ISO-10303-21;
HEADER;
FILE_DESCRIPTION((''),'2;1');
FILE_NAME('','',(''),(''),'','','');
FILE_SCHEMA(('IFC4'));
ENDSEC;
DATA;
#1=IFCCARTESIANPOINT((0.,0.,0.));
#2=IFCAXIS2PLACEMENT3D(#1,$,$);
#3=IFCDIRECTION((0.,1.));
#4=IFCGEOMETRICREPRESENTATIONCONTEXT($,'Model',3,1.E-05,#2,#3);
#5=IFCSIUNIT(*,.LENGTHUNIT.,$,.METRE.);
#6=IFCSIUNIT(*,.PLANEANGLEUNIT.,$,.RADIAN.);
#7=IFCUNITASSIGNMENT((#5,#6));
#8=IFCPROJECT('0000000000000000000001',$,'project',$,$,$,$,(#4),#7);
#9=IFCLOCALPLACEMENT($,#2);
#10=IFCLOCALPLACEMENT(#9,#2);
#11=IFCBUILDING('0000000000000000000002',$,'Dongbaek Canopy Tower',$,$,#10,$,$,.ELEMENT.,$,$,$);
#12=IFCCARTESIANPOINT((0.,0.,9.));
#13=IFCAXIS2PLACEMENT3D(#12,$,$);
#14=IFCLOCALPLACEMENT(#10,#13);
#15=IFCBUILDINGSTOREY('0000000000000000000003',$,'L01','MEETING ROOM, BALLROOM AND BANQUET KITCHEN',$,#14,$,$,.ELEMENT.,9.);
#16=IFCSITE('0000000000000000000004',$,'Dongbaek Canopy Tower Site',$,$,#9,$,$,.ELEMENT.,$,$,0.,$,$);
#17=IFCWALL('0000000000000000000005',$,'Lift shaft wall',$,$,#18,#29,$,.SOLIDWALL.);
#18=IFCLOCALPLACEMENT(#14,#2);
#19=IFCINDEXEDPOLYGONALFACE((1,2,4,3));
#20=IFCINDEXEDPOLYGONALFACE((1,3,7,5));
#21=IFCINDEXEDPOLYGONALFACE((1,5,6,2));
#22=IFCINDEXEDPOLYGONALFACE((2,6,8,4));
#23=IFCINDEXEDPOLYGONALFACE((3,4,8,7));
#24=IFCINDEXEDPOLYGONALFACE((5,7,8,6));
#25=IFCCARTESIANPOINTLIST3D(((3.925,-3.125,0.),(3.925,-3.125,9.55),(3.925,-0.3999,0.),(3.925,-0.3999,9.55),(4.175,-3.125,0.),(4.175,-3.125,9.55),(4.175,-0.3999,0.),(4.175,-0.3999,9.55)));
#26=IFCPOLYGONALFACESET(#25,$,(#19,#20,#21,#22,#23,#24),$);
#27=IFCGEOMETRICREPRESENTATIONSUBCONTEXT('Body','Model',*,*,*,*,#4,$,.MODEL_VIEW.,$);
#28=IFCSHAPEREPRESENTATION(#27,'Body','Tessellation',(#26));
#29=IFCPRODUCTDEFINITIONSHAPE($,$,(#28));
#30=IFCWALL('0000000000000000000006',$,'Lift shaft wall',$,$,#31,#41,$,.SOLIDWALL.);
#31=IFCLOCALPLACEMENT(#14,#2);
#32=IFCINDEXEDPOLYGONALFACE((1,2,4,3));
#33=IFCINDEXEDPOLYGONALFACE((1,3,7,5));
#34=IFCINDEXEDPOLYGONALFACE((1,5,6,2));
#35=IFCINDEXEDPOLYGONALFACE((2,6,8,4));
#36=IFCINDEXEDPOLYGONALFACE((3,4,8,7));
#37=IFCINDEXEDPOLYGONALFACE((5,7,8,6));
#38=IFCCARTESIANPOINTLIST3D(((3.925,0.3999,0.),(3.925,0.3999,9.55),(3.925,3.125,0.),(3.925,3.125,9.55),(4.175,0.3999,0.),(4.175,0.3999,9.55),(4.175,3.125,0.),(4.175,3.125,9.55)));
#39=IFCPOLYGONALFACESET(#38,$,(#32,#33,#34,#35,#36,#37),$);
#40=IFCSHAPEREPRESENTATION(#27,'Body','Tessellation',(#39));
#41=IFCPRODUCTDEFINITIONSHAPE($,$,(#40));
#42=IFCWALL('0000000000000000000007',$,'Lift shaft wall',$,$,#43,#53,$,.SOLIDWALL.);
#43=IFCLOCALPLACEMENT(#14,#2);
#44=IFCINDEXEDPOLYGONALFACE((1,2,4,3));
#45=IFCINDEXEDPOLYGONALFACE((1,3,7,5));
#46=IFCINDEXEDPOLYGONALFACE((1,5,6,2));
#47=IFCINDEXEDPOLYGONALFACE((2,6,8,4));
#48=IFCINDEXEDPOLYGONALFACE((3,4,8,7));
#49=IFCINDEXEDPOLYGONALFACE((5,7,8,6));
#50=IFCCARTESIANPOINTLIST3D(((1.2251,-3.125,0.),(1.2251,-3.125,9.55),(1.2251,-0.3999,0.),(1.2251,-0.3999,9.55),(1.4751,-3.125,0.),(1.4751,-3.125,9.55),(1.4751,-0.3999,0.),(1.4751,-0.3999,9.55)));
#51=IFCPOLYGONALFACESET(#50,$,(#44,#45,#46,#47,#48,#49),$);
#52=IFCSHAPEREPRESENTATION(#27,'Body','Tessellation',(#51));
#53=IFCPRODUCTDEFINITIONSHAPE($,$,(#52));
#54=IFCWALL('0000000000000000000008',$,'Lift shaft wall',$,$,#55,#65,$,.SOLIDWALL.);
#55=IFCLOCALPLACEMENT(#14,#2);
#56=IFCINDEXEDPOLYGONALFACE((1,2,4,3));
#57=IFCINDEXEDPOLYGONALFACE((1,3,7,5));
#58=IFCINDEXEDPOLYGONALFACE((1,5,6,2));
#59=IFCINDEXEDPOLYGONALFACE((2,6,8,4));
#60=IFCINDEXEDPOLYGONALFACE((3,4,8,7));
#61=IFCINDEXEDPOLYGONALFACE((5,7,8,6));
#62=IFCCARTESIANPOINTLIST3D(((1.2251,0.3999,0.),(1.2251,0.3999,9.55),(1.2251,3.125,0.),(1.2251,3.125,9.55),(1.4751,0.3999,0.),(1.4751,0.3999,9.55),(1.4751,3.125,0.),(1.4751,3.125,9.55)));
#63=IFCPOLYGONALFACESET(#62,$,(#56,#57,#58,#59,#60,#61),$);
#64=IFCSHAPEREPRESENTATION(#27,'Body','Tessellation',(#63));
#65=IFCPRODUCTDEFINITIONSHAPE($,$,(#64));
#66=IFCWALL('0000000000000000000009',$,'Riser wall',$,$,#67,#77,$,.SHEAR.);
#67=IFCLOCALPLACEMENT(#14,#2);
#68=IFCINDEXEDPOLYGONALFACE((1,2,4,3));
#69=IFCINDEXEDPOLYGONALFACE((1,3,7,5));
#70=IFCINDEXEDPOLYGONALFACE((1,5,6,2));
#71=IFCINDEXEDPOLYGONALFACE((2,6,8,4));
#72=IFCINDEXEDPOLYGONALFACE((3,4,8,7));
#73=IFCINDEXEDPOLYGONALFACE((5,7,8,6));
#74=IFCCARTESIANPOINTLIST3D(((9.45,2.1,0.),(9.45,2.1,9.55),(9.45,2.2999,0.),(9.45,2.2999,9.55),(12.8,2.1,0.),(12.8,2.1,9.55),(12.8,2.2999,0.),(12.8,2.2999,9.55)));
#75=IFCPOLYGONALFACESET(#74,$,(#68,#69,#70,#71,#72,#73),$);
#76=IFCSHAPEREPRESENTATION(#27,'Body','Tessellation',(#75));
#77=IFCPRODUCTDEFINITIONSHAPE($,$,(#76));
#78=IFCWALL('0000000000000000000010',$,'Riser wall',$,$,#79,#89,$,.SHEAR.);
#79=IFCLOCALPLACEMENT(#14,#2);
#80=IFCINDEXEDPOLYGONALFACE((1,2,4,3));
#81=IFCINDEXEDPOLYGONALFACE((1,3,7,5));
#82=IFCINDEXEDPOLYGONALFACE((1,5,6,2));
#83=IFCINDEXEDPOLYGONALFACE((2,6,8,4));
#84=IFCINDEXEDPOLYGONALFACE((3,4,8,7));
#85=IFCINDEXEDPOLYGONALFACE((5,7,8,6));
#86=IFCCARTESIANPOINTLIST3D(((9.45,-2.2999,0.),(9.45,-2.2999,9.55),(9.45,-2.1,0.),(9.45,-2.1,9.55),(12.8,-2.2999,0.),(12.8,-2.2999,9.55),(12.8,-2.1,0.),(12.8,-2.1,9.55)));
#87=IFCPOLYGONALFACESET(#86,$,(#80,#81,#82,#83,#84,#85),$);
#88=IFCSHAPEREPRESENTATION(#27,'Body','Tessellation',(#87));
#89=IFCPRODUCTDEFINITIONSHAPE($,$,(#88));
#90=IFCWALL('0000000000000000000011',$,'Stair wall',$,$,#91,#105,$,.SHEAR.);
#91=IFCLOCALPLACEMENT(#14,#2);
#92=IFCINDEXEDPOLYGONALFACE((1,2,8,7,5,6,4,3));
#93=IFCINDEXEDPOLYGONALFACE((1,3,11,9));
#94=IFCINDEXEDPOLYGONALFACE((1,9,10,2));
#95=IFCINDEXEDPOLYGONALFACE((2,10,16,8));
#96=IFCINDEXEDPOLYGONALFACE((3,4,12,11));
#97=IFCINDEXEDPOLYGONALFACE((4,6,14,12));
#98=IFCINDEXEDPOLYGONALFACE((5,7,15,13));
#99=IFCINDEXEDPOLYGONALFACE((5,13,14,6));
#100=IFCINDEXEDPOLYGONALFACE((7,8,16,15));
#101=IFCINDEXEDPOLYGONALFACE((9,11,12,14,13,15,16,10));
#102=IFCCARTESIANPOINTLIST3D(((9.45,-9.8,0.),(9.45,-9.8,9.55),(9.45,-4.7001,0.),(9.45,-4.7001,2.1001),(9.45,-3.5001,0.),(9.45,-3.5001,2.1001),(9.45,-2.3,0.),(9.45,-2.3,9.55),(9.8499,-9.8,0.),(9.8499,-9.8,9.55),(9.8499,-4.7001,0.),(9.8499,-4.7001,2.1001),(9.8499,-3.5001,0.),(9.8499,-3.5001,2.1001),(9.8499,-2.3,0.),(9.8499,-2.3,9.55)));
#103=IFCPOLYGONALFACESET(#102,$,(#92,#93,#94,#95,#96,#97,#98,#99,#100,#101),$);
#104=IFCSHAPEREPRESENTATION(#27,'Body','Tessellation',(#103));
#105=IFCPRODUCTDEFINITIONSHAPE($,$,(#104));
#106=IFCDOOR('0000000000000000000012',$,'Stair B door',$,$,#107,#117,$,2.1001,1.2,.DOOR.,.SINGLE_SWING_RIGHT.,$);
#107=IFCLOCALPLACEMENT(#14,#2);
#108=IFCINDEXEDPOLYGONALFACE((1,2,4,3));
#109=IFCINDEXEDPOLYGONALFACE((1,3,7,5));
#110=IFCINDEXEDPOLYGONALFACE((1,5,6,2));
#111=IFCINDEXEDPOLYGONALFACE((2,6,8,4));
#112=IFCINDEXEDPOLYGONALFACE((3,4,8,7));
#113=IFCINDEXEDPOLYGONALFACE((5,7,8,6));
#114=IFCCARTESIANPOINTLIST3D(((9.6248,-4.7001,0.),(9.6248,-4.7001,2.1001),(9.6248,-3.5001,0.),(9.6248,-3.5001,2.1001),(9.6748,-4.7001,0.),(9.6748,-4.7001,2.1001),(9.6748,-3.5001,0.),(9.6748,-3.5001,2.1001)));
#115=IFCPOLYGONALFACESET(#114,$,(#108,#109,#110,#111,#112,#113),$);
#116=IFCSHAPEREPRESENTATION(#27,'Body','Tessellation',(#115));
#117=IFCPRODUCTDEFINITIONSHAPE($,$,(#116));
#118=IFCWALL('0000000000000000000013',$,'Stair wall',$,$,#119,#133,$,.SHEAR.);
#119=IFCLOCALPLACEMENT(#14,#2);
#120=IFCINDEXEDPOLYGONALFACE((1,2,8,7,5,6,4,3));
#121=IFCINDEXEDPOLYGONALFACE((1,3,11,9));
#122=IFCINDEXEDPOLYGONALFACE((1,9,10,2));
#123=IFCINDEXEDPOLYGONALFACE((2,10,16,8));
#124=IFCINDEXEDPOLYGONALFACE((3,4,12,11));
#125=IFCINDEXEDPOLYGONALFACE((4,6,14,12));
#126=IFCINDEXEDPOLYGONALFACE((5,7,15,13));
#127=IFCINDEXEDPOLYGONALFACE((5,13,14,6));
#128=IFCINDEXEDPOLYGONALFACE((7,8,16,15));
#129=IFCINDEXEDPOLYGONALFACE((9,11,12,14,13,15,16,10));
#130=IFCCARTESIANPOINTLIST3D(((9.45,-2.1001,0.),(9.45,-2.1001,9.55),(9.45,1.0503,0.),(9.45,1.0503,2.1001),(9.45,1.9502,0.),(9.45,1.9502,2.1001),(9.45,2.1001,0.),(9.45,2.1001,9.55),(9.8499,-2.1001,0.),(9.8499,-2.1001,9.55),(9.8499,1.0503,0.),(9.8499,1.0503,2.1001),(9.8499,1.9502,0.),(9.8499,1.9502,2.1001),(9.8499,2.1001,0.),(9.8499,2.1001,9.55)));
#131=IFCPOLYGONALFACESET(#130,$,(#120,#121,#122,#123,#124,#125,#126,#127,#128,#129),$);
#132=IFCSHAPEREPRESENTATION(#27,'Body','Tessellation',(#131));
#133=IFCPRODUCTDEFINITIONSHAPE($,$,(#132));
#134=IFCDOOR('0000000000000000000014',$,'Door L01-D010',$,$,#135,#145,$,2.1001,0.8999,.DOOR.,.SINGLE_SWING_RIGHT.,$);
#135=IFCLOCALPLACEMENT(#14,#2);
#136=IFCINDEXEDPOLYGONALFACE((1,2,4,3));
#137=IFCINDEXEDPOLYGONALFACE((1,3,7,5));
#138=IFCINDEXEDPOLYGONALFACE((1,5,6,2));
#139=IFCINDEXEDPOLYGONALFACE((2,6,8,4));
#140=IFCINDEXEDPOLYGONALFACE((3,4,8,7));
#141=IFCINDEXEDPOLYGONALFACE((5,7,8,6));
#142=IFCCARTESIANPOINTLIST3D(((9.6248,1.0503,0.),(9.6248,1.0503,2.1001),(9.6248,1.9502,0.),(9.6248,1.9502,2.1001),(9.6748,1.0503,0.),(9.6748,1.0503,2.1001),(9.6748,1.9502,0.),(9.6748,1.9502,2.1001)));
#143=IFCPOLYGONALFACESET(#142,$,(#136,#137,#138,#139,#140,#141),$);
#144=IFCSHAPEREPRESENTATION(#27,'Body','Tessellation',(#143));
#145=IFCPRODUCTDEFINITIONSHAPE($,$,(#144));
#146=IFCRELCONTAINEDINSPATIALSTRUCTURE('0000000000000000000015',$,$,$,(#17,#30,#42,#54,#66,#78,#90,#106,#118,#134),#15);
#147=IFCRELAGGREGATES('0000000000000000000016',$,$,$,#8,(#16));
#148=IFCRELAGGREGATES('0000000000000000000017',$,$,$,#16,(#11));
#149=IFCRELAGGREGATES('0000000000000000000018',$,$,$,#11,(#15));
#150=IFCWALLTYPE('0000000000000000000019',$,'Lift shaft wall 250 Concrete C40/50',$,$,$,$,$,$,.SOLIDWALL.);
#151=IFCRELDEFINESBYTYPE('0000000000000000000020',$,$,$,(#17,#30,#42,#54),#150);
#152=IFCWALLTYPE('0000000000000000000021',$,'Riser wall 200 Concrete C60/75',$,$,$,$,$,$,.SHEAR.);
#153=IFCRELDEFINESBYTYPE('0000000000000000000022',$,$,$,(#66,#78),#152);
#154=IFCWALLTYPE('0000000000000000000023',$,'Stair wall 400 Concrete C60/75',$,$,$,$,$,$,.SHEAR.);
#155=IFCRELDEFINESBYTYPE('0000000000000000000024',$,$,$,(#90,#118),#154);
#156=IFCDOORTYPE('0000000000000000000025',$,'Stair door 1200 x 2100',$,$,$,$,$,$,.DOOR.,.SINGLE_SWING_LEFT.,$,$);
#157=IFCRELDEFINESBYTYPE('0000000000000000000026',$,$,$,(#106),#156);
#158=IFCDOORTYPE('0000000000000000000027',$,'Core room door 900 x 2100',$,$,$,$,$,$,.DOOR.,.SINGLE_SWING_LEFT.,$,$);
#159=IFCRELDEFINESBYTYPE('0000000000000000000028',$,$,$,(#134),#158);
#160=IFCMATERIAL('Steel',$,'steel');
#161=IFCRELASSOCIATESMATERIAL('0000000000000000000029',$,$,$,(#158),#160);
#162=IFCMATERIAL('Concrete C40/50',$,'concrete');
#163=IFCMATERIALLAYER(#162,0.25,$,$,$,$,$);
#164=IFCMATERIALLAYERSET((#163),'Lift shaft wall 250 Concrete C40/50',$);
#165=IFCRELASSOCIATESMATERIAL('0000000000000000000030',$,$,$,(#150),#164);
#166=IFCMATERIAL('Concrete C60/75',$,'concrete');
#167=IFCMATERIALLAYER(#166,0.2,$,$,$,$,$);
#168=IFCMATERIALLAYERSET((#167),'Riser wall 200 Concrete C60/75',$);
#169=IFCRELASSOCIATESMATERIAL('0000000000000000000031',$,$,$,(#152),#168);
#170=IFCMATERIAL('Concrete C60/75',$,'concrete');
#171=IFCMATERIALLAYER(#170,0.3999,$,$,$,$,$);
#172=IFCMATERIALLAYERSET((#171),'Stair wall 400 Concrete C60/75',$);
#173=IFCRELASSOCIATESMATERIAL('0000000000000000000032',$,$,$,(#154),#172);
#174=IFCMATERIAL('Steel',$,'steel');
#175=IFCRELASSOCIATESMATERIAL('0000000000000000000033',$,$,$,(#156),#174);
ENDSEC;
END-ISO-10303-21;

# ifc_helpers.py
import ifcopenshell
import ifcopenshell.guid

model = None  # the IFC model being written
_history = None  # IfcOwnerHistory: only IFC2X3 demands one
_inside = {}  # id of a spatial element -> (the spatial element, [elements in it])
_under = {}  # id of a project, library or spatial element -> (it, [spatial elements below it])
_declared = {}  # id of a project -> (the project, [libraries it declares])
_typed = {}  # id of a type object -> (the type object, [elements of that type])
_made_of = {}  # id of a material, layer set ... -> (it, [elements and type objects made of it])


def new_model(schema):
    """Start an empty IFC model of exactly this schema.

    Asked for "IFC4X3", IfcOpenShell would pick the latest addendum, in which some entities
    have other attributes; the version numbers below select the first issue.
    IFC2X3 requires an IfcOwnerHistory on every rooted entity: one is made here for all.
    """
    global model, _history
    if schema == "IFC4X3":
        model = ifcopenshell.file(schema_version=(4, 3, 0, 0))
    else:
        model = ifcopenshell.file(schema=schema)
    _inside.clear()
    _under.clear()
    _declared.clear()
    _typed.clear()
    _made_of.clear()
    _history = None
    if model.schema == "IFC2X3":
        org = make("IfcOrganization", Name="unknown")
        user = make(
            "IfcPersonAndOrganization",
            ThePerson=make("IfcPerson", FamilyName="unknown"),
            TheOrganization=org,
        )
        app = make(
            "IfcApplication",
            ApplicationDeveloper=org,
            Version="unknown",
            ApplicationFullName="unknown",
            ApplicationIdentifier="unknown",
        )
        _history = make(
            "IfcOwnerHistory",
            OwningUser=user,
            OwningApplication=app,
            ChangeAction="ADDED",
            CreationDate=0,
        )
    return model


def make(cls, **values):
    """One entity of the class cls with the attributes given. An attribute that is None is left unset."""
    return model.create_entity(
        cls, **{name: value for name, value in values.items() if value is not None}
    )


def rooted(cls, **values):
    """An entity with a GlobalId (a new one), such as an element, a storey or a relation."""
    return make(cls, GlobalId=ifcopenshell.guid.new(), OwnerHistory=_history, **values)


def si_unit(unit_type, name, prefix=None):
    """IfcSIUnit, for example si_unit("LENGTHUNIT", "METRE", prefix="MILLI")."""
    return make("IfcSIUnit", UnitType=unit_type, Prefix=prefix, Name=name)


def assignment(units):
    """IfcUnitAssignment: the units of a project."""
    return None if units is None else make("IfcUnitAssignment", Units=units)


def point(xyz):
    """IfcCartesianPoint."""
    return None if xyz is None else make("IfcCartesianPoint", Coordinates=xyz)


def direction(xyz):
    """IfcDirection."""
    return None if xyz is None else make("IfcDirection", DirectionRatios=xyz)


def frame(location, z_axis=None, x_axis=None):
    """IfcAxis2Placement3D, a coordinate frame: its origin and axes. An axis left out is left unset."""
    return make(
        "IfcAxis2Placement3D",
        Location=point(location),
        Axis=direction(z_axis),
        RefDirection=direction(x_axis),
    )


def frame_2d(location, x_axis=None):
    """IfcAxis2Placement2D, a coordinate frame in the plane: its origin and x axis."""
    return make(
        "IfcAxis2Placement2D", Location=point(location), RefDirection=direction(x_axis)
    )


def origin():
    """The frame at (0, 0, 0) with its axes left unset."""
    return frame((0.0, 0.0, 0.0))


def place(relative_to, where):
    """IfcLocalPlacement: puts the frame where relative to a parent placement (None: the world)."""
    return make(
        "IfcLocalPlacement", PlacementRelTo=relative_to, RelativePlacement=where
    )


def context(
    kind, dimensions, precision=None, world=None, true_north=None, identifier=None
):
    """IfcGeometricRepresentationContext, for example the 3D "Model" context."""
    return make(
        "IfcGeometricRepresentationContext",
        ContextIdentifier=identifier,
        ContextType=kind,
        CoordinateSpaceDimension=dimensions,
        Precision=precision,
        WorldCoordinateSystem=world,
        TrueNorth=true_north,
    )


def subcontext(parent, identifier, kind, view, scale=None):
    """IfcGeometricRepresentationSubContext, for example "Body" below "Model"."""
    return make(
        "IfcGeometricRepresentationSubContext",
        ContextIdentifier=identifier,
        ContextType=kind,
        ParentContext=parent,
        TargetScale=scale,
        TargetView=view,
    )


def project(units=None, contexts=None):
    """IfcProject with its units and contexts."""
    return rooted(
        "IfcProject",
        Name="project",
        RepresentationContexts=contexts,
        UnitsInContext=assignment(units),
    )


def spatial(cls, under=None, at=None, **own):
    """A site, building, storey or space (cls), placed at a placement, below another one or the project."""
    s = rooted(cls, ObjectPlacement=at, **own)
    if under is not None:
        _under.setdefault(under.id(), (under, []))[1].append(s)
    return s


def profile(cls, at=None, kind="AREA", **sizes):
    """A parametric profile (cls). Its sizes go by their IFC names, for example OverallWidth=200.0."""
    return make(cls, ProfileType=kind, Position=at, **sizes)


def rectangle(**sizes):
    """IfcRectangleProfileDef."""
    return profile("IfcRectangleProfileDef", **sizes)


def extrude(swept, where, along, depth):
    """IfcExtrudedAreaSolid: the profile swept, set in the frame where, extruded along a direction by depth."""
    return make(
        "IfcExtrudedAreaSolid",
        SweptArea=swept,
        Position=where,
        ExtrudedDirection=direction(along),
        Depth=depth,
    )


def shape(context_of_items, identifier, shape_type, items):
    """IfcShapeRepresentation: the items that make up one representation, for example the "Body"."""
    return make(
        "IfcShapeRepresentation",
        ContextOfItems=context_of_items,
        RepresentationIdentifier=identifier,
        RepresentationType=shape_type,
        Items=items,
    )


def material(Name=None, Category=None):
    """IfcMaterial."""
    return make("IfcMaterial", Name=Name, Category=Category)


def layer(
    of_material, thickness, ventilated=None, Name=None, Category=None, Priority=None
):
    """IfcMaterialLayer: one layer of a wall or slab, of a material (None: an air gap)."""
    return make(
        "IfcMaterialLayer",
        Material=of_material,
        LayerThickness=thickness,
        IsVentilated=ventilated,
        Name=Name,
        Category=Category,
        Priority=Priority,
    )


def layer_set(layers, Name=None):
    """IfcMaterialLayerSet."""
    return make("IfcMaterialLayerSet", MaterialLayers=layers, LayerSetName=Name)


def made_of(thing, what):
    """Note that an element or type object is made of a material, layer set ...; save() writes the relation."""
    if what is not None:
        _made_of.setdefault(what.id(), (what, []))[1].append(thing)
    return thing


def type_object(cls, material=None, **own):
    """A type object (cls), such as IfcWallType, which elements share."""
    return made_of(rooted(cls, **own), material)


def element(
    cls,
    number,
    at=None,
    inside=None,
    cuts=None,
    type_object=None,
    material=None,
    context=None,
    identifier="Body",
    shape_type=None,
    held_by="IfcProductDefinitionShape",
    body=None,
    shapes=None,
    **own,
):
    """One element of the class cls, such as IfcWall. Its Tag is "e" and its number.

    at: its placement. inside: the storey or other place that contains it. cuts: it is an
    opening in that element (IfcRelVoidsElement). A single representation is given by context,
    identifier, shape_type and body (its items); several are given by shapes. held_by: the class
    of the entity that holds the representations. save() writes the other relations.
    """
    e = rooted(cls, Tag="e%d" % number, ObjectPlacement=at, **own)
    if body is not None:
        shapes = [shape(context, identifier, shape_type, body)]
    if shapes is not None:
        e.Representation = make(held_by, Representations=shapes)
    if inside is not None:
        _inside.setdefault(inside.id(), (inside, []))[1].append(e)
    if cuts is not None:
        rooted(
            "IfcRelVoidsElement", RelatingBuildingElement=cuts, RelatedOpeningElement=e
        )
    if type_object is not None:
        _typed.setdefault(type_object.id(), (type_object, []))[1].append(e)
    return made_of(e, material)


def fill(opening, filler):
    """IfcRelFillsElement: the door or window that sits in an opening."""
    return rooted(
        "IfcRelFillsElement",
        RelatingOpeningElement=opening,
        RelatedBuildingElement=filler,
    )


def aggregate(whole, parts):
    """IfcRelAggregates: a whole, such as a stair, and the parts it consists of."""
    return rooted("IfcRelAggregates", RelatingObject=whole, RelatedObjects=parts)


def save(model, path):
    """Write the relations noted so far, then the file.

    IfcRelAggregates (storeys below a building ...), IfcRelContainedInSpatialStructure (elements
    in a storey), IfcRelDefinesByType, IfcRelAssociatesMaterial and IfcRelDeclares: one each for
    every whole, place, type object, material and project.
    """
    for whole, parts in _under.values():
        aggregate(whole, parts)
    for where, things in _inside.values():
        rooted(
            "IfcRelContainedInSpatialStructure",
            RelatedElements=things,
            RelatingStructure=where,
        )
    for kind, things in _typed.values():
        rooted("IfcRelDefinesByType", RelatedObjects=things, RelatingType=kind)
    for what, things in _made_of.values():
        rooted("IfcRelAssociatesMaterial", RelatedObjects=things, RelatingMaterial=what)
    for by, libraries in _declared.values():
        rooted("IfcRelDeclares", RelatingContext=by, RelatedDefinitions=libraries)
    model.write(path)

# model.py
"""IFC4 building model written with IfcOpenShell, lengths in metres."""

from ifc_helpers import new_model, si_unit, direction, frame, frame_2d, origin, place, context, subcontext, project, spatial, rectangle, extrude, material, layer, layer_set, type_object, element, fill, save


model = new_model("IFC4")

# Units and contexts
model_context = context("Model", 3, precision=1e-05, world=origin(), true_north=direction((0.0, 1.0)))
body_context = subcontext(model_context, "Body", "Model", "MODEL_VIEW")
ifc_project = project(units=[si_unit("LENGTHUNIT", "METRE"), si_unit("PLANEANGLEUNIT", "RADIAN")], contexts=[model_context])

# Site, building, storey
site_placement = place(None, origin())
site = spatial("IfcSite", under=ifc_project, at=site_placement, Name="Dongbaek Canopy Tower Site", CompositionType="ELEMENT", RefElevation=0.0)
building_placement = place(site_placement, origin())
building = spatial("IfcBuilding", under=site, at=building_placement, Name="Dongbaek Canopy Tower", CompositionType="ELEMENT")
storey_placement = place(building_placement, frame((0.0, 0.0, 9.0)))
storey = spatial("IfcBuildingStorey", under=building, at=storey_placement, Name="L01", Description="MEETING ROOM, BALLROOM AND BANQUET KITCHEN", CompositionType="ELEMENT", Elevation=9.0)

# Shared definitions
ifc_material_1 = material(Name="Steel", Category="steel")
door_type_1 = type_object("IfcDoorType", Name="Core room door 900 x 2100", OperationType="SINGLE_SWING_LEFT", PredefinedType="DOOR", material=ifc_material_1)

# Walls
ifc_material_2 = material(Name="Concrete C40/50", Category="concrete")
ifc_layer_1 = layer(ifc_material_2, 0.25)
ifc_layer_set_1 = layer_set([ifc_layer_1], Name="Lift shaft wall 250 Concrete C40/50")
wall_type_1 = type_object("IfcWallType", Name="Lift shaft wall 250 Concrete C40/50", PredefinedType="SOLIDWALL", material=ifc_layer_set_1)
for number, where, z_axis, x_axis, name in (
    (1, (4.05, -3.125, 0.0), (0.0, 0.0, 1.0), (0.0, 1.0, 0.0), "Lift shaft wall"),
    (2, (4.05, 0.3999, 0.0), (0.0, 0.0, 1.0), (0.0, 1.0, 0.0), "Lift shaft wall"),
    (3, (1.3501, -3.125, 0.0), (0.0, 0.0, 1.0), (0.0, 1.0, 0.0), "Lift shaft wall"),
    (4, (1.3501, 0.3999, 0.0), (0.0, 0.0, 1.0), (0.0, 1.0, 0.0), "Lift shaft wall"),
):
    element("IfcWall", number, at=place(storey_placement, frame(where, z_axis=z_axis, x_axis=x_axis)), inside=storey, type_object=wall_type_1, Name=name, PredefinedType="SOLIDWALL", context=body_context, shape_type="SweptSolid", body=[
        extrude(rectangle(XDim=2.7251, YDim=0.25, at=frame_2d((1.3625, 0.0))), origin(), (0.0, 0.0, 1.0), 9.55),
    ])
ifc_material_3 = material(Name="Concrete C60/75", Category="concrete")
ifc_layer_2 = layer(ifc_material_3, 0.2)
ifc_layer_set_2 = layer_set([ifc_layer_2], Name="Riser wall 200 Concrete C60/75")
wall_type_2 = type_object("IfcWallType", Name="Riser wall 200 Concrete C60/75", PredefinedType="SHEAR", material=ifc_layer_set_2)
for number, where, z_axis, x_axis, name in (
    (5, (9.45, 2.2, 0.0), (0.0, 0.0, 1.0), (1.0, 0.0, 0.0), "Riser wall"),
    (6, (9.45, -2.2, 0.0), (0.0, 0.0, 1.0), (1.0, 0.0, 0.0), "Riser wall"),
):
    element("IfcWall", number, at=place(storey_placement, frame(where, z_axis=z_axis, x_axis=x_axis)), inside=storey, type_object=wall_type_2, Name=name, PredefinedType="SHEAR", context=body_context, shape_type="SweptSolid", body=[
        extrude(rectangle(XDim=3.3501, YDim=0.2, at=frame_2d((1.675, 0.0))), origin(), (0.0, 0.0, 1.0), 9.55),
    ])

# Walls, openings, doors
ifc_material_4 = material(Name="Concrete C60/75", Category="concrete")
ifc_layer_3 = layer(ifc_material_4, 0.3999)
ifc_layer_set_3 = layer_set([ifc_layer_3], Name="Stair wall 400 Concrete C60/75")
wall_type_3 = type_object("IfcWallType", Name="Stair wall 400 Concrete C60/75", PredefinedType="SHEAR", material=ifc_layer_set_3)
wall_1_placement = place(storey_placement, frame((9.6499, -2.3, 0.0), z_axis=(0.0, 0.0, 1.0), x_axis=(0.0, -1.0, 0.0)))
wall_1 = element("IfcWall", 7, at=wall_1_placement, inside=storey, type_object=wall_type_3, Name="Stair wall", PredefinedType="SHEAR", context=body_context, shape_type="SweptSolid", body=[
    extrude(rectangle(XDim=7.5, YDim=0.3999, at=frame_2d((3.75, 0.0))), origin(), (0.0, 0.0, 1.0), 9.55),
])
opening_1_placement = place(wall_1_placement, frame((1.2, 0.0, 0.0)))
opening_1 = element("IfcOpeningElement", 8, at=opening_1_placement, cuts=wall_1, PredefinedType="OPENING", context=body_context, shape_type="SweptSolid", body=[
    extrude(rectangle(XDim=1.2, YDim=2.1001, at=frame_2d((0.6001, 1.05))), frame((0.0, 0.21, 0.0), z_axis=(0.0, -1.0, 0.0), x_axis=(1.0, 0.0, 0.0)), (0.0, 0.0, 1.0), 0.4199),
])
ifc_material_5 = material(Name="Steel", Category="steel")
door_type_2 = type_object("IfcDoorType", Name="Stair door 1200 x 2100", OperationType="SINGLE_SWING_LEFT", PredefinedType="DOOR", material=ifc_material_5)
door_1_placement = place(opening_1_placement, origin())
door_1 = element("IfcDoor", 9, at=door_1_placement, inside=storey, type_object=door_type_2, Name="Stair B door", OperationType="SINGLE_SWING_RIGHT", OverallHeight=2.1001, OverallWidth=1.2, PredefinedType="DOOR", context=body_context, shape_type="SweptSolid", body=[
    extrude(rectangle(XDim=1.2, YDim=2.1001, at=frame_2d((0.6001, 1.05))), frame((0.0, 0.0249, 0.0), z_axis=(0.0, -1.0, 0.0), x_axis=(1.0, 0.0, 0.0)), (0.0, 0.0, 1.0), 0.05),
])
fill(opening_1, door_1)
wall_2_placement = place(storey_placement, frame((9.6499, 2.1001, 0.0), z_axis=(0.0, 0.0, 1.0), x_axis=(0.0, -1.0, 0.0)))
wall_2 = element("IfcWall", 10, at=wall_2_placement, inside=storey, type_object=wall_type_3, Name="Stair wall", PredefinedType="SHEAR", context=body_context, shape_type="SweptSolid", body=[
    extrude(rectangle(XDim=4.2002, YDim=0.3999, at=frame_2d((2.1001, 0.0))), origin(), (0.0, 0.0, 1.0), 9.55),
])
opening_2_placement = place(wall_2_placement, frame((0.1499, 0.0, 0.0)))
opening_2 = element("IfcOpeningElement", 11, at=opening_2_placement, cuts=wall_2, PredefinedType="OPENING", context=body_context, shape_type="SweptSolid", body=[
    extrude(rectangle(XDim=0.8999, YDim=2.1001, at=frame_2d((0.45, 1.05))), frame((0.0, 0.21, 0.0), z_axis=(0.0, -1.0, 0.0), x_axis=(1.0, 0.0, 0.0)), (0.0, 0.0, 1.0), 0.4199),
])
door_2_placement = place(opening_2_placement, origin())
door_2 = element("IfcDoor", 12, at=door_2_placement, inside=storey, type_object=door_type_1, Name="Door L01-D010", OperationType="SINGLE_SWING_RIGHT", OverallHeight=2.1001, OverallWidth=0.8999, PredefinedType="DOOR", context=body_context, shape_type="SweptSolid", body=[
    extrude(rectangle(XDim=0.8999, YDim=2.1001, at=frame_2d((0.45, 1.05))), frame((0.0, 0.0249, 0.0), z_axis=(0.0, -1.0, 0.0), x_axis=(1.0, 0.0, 0.0)), (0.0, 0.0, 1.0), 0.05),
])
fill(opening_2, door_2)

save(model, "model.ifc")
